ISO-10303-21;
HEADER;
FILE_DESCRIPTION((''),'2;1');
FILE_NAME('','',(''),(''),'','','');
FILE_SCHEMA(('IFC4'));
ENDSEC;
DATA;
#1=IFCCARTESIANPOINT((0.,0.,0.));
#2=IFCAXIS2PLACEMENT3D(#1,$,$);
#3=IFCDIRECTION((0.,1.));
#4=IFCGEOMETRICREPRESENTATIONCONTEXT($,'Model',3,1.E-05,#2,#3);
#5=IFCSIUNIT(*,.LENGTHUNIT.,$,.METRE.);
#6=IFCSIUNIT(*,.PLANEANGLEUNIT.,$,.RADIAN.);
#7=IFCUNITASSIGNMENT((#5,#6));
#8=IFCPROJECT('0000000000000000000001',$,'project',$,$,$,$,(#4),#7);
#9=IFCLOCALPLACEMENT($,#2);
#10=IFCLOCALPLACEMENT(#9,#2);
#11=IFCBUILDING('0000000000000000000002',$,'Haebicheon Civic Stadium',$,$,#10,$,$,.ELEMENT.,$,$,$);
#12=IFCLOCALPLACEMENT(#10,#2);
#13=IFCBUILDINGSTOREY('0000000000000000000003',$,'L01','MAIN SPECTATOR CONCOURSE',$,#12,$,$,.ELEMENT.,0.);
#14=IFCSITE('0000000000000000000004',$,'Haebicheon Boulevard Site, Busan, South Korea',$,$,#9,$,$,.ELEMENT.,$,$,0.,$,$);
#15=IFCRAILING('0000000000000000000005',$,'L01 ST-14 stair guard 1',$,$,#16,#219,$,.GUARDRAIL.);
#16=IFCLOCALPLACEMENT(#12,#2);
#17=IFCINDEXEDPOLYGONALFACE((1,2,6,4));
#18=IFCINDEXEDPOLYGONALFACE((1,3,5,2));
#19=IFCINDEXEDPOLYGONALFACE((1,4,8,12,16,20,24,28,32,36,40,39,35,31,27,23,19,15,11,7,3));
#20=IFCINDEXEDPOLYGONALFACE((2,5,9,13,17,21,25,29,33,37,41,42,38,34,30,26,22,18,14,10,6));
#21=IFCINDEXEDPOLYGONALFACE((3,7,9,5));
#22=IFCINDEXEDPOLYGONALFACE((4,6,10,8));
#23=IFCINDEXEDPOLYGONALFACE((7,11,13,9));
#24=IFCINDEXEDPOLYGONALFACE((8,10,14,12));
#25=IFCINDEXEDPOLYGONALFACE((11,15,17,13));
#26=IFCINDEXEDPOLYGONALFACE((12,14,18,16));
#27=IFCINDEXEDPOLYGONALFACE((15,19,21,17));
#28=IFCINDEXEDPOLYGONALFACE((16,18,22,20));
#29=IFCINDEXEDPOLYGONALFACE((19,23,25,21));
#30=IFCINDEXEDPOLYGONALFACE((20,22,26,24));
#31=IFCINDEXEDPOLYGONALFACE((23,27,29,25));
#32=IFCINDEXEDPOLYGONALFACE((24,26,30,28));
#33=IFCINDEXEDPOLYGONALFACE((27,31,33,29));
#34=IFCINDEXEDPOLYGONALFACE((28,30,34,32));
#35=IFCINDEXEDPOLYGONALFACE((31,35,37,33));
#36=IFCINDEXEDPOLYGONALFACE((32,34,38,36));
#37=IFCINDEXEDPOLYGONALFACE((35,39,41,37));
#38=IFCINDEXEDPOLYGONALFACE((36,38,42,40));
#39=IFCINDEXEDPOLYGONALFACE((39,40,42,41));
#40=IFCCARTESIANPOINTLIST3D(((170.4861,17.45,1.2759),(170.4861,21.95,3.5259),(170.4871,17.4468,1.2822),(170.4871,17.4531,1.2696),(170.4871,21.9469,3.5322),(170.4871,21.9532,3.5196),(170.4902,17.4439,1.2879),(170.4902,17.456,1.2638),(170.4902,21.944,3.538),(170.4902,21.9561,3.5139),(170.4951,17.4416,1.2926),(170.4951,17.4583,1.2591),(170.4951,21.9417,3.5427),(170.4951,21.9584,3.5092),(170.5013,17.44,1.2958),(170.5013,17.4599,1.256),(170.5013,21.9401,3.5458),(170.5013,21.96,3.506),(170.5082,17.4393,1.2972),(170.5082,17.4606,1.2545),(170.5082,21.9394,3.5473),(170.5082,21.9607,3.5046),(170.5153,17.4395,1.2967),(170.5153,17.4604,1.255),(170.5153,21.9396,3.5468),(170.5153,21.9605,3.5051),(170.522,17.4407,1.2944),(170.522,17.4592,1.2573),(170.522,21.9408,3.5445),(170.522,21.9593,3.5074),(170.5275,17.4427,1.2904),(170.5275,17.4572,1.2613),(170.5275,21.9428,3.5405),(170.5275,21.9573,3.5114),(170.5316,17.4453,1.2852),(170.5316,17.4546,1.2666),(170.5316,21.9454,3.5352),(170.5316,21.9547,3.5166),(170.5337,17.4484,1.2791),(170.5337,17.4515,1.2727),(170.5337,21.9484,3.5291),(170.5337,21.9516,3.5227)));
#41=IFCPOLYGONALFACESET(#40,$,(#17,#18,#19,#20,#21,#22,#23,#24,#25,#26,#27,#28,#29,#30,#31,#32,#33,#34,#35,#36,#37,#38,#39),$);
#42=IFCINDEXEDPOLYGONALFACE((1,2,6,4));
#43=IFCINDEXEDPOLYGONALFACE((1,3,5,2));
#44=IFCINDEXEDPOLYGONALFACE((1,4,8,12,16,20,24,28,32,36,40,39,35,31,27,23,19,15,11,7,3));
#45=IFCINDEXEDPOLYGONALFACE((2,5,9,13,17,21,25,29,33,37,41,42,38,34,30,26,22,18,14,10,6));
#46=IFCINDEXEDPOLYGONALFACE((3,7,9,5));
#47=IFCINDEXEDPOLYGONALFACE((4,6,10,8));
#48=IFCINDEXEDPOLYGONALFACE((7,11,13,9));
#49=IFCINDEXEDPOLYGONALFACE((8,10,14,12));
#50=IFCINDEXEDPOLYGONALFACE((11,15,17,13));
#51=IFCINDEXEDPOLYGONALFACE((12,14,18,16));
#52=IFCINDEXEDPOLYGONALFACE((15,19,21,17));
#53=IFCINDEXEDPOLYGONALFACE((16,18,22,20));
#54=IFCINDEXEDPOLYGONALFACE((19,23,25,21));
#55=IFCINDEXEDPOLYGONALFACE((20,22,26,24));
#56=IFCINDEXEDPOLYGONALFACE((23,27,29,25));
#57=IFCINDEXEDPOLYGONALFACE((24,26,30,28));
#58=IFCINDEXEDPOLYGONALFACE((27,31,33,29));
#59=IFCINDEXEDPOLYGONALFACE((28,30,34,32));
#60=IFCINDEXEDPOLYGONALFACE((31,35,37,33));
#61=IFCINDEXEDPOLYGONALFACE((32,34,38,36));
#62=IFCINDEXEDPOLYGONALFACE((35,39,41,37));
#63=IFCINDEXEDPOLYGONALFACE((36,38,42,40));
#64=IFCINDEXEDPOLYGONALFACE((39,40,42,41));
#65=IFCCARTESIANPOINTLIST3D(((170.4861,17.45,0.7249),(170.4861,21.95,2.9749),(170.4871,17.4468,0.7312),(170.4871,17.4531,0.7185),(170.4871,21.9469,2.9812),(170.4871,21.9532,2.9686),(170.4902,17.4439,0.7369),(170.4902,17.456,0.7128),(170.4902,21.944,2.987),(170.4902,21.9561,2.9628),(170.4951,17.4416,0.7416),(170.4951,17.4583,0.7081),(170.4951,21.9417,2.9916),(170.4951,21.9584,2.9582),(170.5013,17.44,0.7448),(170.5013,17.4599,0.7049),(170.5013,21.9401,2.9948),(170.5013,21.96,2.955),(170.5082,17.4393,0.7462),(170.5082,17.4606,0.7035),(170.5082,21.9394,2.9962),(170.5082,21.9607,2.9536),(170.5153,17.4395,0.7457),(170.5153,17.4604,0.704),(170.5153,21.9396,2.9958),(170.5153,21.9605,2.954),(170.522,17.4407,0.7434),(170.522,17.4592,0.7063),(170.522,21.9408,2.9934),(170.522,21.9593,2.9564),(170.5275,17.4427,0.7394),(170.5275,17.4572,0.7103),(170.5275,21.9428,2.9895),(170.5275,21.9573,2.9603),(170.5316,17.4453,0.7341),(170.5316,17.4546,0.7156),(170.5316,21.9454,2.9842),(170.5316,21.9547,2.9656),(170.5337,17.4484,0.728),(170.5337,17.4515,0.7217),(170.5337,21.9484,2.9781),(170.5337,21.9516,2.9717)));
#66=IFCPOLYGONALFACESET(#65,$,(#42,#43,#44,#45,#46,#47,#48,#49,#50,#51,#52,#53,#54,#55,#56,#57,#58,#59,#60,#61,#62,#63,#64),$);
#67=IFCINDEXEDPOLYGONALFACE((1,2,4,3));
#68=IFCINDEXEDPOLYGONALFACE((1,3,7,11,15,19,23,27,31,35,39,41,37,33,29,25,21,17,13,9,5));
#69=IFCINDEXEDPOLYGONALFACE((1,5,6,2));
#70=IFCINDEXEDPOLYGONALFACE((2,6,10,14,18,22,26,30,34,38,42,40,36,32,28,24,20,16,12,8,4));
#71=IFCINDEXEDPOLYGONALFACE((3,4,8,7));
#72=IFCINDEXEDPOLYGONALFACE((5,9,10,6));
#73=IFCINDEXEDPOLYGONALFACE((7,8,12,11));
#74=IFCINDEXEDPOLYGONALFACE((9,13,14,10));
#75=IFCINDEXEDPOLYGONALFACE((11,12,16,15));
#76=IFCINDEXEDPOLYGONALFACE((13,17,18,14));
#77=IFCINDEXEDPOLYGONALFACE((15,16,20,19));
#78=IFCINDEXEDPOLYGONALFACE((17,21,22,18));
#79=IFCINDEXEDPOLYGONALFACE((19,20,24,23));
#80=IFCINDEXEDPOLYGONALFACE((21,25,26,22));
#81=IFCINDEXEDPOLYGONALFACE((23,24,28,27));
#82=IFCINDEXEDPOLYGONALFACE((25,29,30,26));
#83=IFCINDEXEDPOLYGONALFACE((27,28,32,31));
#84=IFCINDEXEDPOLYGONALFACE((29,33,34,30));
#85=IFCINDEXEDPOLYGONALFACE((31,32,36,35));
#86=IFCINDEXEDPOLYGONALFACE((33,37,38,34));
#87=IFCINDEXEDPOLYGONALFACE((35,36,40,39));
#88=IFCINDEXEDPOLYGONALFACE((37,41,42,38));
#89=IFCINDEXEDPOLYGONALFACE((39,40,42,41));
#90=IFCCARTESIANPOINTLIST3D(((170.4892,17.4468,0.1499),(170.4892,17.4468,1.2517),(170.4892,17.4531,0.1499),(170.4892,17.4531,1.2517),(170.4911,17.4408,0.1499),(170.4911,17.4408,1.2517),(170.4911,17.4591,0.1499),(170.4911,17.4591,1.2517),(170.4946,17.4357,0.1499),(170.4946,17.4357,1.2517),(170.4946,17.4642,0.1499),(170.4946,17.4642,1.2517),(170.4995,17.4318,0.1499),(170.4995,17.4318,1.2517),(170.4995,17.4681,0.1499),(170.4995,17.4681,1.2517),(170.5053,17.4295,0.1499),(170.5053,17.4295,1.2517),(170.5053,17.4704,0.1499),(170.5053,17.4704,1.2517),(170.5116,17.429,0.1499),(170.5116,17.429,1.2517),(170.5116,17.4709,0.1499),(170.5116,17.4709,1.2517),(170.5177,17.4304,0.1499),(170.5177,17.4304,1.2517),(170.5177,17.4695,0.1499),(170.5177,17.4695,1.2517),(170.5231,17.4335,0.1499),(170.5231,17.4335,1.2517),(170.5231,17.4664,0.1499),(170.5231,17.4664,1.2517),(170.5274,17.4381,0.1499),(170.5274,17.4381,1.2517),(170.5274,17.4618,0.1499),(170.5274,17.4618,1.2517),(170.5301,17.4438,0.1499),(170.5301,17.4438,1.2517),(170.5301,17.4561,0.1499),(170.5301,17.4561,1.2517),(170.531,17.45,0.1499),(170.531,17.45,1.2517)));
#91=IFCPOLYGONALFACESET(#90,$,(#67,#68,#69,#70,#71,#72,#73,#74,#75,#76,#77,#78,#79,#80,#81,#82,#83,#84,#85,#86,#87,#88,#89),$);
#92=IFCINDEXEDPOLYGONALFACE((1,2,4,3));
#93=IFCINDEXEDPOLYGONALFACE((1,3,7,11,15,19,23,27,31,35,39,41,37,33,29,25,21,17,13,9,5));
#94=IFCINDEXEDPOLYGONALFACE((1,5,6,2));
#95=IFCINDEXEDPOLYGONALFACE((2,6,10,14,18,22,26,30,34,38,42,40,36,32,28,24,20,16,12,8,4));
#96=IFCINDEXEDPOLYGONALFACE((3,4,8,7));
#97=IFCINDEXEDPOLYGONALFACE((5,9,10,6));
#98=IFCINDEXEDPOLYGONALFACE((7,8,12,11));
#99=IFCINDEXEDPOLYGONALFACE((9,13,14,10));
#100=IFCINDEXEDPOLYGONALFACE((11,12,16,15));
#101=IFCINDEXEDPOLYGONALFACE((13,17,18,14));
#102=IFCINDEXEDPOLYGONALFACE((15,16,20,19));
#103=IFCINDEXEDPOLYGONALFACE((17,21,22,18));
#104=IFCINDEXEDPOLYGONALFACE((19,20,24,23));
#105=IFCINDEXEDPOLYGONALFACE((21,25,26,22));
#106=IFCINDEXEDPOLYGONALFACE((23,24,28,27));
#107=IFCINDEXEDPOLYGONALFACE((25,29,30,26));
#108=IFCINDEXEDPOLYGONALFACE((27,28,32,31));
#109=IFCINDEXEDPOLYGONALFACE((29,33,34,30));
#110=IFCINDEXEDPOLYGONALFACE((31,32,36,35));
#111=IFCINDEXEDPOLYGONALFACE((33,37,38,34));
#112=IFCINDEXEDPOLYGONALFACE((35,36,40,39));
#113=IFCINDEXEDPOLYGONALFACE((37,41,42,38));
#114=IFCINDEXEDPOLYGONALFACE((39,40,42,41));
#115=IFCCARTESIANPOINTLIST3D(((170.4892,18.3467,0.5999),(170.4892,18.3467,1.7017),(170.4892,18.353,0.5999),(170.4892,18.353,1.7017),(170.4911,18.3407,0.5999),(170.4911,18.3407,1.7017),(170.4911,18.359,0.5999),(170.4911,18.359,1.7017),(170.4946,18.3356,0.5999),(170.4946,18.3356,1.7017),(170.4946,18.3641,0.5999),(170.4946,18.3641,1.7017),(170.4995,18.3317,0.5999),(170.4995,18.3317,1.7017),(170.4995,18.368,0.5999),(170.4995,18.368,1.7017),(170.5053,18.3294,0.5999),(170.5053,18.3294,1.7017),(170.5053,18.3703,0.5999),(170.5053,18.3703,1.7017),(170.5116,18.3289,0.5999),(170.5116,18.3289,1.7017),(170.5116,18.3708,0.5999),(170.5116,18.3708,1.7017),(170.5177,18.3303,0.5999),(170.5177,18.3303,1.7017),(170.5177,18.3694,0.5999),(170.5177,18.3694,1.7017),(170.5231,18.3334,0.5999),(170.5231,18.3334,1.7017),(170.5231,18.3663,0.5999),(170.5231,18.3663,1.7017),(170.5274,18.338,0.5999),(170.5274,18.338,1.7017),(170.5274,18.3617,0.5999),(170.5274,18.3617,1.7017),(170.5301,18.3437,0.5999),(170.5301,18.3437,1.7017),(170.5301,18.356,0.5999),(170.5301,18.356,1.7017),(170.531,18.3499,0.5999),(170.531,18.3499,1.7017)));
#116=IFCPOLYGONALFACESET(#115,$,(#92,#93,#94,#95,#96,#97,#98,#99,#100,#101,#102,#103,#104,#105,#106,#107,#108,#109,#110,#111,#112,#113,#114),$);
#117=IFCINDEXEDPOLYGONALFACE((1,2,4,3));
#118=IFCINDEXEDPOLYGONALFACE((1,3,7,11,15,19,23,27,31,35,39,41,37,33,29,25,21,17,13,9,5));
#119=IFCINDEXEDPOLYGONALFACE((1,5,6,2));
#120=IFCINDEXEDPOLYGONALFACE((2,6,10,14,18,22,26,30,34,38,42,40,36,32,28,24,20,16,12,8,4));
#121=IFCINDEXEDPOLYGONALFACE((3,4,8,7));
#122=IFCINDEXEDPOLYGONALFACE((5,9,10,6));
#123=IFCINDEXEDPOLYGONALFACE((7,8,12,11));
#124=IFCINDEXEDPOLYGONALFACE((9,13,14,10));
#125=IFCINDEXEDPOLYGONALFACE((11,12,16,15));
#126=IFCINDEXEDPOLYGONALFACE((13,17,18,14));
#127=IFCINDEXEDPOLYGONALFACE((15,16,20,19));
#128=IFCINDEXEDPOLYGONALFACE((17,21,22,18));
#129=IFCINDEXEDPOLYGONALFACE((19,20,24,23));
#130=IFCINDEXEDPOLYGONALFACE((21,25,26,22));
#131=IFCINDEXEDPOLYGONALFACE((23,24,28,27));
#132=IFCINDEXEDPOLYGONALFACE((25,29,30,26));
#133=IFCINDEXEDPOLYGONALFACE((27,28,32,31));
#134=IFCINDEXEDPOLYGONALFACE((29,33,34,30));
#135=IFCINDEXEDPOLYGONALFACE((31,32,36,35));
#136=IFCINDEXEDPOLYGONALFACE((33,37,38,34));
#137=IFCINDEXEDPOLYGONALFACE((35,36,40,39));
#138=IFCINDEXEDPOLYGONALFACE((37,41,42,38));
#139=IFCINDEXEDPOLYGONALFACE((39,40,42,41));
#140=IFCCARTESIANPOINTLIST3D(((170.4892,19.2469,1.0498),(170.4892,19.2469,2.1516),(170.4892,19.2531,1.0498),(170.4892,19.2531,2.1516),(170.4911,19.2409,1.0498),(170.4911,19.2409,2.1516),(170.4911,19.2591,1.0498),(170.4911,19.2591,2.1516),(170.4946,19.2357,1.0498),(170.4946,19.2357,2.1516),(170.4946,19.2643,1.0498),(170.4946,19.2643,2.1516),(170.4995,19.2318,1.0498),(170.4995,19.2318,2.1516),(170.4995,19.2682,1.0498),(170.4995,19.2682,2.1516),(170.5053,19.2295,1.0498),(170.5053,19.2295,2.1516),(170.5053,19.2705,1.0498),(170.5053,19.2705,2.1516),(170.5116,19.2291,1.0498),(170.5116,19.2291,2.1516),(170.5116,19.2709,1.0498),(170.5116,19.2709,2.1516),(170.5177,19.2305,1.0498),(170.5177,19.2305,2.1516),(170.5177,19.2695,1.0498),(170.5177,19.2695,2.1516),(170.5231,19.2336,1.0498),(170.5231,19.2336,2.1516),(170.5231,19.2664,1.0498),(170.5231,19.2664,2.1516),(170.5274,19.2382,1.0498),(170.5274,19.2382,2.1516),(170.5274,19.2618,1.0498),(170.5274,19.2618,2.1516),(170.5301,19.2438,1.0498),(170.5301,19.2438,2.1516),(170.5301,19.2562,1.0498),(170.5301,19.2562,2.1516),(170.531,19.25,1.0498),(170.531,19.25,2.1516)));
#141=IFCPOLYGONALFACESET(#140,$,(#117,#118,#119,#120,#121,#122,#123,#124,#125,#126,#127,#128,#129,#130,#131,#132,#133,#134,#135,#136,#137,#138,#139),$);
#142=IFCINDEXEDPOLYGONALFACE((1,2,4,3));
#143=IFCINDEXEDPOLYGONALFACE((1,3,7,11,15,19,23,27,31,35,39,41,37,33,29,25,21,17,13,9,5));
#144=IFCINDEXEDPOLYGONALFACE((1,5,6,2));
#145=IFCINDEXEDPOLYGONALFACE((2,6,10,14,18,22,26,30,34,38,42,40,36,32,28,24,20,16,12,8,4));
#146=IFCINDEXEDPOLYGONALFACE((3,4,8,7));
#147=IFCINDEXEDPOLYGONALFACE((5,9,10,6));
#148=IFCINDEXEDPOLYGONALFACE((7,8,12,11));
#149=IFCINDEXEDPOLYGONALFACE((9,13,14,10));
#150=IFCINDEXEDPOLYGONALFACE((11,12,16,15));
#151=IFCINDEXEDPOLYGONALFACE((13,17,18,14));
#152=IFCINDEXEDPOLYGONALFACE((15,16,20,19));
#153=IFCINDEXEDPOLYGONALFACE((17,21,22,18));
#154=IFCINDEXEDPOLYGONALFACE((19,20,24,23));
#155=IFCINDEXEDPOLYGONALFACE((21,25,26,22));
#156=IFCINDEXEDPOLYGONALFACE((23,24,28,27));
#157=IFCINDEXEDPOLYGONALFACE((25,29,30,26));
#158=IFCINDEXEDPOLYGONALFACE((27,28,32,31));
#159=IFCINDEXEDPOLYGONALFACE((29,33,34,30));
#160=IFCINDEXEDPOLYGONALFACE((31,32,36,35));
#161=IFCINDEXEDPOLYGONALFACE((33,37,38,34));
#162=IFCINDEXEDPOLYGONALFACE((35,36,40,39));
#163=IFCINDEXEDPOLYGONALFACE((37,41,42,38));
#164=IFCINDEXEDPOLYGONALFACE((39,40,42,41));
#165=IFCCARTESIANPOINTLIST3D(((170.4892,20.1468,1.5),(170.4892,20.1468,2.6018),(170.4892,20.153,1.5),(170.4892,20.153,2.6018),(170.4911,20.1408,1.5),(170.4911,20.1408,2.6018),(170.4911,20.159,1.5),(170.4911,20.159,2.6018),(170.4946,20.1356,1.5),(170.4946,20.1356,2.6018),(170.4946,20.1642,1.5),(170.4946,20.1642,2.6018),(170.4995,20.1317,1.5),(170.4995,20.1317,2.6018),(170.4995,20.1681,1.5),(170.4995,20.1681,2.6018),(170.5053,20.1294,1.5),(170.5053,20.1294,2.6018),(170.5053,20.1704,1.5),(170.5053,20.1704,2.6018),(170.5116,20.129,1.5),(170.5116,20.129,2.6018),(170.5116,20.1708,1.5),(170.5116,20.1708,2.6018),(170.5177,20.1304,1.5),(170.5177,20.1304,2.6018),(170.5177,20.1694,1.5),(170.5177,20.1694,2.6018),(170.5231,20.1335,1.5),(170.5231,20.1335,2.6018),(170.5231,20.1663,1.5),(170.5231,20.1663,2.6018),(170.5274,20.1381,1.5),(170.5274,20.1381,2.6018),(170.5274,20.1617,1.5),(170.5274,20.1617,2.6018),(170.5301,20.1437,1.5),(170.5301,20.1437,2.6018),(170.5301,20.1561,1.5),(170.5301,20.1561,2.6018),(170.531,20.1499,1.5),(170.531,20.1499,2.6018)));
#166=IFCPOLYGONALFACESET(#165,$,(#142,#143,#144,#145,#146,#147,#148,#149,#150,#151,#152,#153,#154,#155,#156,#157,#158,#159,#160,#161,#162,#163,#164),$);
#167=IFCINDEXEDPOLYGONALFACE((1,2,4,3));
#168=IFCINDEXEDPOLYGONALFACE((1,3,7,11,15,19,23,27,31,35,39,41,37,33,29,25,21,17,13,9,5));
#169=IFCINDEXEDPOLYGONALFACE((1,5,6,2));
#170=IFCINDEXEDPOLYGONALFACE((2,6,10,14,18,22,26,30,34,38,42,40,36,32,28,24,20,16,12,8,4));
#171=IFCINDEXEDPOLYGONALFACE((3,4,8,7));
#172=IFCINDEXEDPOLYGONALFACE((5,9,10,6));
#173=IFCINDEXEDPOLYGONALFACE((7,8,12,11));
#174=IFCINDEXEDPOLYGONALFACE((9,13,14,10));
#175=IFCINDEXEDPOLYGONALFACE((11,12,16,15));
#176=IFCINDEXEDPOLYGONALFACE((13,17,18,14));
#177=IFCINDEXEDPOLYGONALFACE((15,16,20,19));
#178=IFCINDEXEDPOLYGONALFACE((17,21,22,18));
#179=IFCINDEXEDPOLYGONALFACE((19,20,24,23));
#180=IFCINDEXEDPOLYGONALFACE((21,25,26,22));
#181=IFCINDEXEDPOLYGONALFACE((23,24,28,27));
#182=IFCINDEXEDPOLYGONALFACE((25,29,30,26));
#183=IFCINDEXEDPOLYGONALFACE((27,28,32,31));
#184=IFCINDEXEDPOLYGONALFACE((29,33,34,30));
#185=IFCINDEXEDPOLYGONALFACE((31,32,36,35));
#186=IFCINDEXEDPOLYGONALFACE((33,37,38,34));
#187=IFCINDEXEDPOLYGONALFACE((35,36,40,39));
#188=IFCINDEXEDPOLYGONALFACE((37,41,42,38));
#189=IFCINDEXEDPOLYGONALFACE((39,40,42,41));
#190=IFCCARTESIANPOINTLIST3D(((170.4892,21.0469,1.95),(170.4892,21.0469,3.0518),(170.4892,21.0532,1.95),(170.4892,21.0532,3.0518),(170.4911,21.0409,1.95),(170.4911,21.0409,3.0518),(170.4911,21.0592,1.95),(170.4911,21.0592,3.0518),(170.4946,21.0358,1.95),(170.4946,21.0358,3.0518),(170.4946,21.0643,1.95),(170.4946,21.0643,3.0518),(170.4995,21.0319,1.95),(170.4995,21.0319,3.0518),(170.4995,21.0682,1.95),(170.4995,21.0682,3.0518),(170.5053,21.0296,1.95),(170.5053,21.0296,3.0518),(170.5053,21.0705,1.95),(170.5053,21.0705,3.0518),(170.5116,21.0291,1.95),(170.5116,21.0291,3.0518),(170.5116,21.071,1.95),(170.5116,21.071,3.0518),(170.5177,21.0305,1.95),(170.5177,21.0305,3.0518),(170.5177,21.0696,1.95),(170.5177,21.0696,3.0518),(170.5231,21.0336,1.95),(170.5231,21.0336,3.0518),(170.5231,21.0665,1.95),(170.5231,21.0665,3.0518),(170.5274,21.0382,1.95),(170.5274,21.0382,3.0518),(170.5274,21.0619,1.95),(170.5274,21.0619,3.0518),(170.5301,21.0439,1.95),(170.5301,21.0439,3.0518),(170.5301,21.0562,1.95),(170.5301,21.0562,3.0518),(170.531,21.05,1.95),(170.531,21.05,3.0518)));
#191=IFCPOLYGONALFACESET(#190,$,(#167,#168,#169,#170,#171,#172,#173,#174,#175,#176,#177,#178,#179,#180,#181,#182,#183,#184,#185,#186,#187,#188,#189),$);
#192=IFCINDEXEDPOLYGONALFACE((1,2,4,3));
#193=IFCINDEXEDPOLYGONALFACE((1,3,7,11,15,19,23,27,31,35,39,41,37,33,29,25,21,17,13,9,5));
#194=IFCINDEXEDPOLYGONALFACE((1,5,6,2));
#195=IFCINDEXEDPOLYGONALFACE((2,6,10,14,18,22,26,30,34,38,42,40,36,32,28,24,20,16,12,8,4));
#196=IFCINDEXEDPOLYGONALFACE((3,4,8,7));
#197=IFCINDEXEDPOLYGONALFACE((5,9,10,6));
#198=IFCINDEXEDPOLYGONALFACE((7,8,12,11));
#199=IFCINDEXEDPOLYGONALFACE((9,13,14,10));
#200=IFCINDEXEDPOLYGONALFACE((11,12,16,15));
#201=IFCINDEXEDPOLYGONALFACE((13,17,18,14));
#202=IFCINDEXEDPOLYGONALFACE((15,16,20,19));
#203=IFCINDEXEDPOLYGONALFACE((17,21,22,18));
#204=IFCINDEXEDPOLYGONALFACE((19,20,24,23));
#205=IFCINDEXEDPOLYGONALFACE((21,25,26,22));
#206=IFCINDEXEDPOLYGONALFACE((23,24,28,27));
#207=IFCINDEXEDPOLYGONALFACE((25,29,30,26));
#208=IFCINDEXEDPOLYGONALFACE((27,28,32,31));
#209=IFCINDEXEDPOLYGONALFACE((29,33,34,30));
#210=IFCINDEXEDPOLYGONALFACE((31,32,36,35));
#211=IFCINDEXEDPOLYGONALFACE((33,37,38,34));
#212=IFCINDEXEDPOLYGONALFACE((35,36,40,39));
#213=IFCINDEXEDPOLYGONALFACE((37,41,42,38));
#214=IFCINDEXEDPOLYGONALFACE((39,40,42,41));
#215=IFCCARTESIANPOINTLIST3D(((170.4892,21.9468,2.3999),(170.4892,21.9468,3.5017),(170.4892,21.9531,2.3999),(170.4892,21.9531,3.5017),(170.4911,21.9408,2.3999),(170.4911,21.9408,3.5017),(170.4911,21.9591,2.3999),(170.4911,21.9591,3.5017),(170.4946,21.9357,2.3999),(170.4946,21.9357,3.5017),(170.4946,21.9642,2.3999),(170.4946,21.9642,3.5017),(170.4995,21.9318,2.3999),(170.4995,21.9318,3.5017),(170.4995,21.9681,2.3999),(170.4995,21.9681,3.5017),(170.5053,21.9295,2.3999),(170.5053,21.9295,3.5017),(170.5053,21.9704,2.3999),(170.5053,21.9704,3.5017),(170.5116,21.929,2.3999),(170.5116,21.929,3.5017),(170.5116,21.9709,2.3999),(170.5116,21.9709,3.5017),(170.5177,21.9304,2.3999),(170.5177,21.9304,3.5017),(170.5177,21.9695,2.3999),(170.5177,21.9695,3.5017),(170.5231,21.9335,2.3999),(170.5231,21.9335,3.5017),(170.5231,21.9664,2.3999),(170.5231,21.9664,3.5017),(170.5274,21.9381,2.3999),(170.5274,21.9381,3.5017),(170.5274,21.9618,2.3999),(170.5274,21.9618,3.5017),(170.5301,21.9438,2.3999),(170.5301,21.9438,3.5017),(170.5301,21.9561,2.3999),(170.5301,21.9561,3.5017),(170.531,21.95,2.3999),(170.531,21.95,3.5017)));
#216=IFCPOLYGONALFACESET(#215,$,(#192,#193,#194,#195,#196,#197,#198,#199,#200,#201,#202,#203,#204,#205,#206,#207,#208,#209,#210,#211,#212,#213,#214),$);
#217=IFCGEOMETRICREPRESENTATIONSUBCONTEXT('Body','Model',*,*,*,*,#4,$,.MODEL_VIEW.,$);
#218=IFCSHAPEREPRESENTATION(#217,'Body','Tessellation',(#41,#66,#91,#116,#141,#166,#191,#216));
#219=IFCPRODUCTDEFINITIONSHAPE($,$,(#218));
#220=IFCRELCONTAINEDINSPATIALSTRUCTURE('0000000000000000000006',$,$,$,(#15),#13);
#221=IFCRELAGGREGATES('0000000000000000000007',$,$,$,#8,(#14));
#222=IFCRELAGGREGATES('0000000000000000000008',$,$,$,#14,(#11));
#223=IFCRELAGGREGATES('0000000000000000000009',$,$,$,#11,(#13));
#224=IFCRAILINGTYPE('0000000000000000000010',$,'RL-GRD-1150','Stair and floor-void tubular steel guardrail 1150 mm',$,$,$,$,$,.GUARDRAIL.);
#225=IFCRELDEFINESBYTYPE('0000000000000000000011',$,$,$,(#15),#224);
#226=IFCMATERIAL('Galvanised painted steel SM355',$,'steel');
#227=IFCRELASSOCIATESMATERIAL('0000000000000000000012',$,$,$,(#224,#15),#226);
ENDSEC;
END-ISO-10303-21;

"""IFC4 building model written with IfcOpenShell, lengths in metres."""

from ifc_helpers import new_model, si_unit, direction, frame, origin, origin_2d, place, context, subcontext, project, spatial, circle, extrude, material, type_object, element, save


model = new_model("IFC4")

# Units and contexts
model_context = context("Model", 3, precision=1e-05, world=origin(), true_north=direction((0.0, 1.0)))
body_context = subcontext(model_context, "Body", "Model", "MODEL_VIEW")
ifc_project = project(units=[si_unit("LENGTHUNIT", "METRE"), si_unit("PLANEANGLEUNIT", "RADIAN")], contexts=[model_context])

# Site, building, storey
site_placement = place(None, origin())
site = spatial("IfcSite", under=ifc_project, at=site_placement, Name="Haebicheon Boulevard Site, Busan, South Korea", CompositionType="ELEMENT", RefElevation=0.0)
building_placement = place(site_placement, origin())
building = spatial("IfcBuilding", under=site, at=building_placement, Name="Haebicheon Civic Stadium", CompositionType="ELEMENT")
storey_placement = place(building_placement, origin())
storey = spatial("IfcBuildingStorey", under=building, at=storey_placement, Name="L01", Description="MAIN SPECTATOR CONCOURSE", CompositionType="ELEMENT", Elevation=0.0)

# Railing
ifc_material_1 = material(Name="Galvanised painted steel SM355", Category="steel")
railing_type_1 = type_object("IfcRailingType", Name="RL-GRD-1150", Description="Stair and floor-void tubular steel guardrail 1150 mm", PredefinedType="GUARDRAIL", material=ifc_material_1)
railing_1_placement = place(storey_placement, frame((170.51, 17.45, 0.1499)))
element("IfcRailing", 1, at=railing_1_placement, inside=storey, type_object=railing_type_1, material=ifc_material_1, Name="L01 ST-14 stair guard 1", PredefinedType="GUARDRAIL", context=body_context, shape_type="SweptSolid", body=[
    extrude(circle(Radius=0.0239, at=origin_2d()), frame((0.0, 0.0, 1.126), z_axis=(0.0, 0.894427, 0.447214), x_axis=(-1.0, 0.0, 0.0)), (0.0, 0.0, 1.0), 5.0312),
    extrude(circle(Radius=0.0239, at=origin_2d()), frame((0.0, 0.0, 0.575), z_axis=(0.0, 0.894427, 0.447214), x_axis=(-1.0, 0.0, 0.0)), (0.0, 0.0, 1.0), 5.0312),
    extrude(circle(Radius=0.021, at=origin_2d()), origin(), (0.0, 0.0, 1.0), 1.1018),
    extrude(circle(Radius=0.021, at=origin_2d()), frame((0.0, 0.8999, 0.45)), (0.0, 0.0, 1.0), 1.1018),
    extrude(circle(Radius=0.021, at=origin_2d()), frame((0.0, 1.8, 0.8999)), (0.0, 0.0, 1.0), 1.1018),
    extrude(circle(Radius=0.021, at=origin_2d()), frame((0.0, 2.7, 1.3501)), (0.0, 0.0, 1.0), 1.1018),
    extrude(circle(Radius=0.021, at=origin_2d()), frame((0.0, 3.6001, 1.8)), (0.0, 0.0, 1.0), 1.1018),
    extrude(circle(Radius=0.021, at=origin_2d()), frame((0.0, 4.5, 2.25)), (0.0, 0.0, 1.0), 1.1018),
])

save(model, "model.ifc")
